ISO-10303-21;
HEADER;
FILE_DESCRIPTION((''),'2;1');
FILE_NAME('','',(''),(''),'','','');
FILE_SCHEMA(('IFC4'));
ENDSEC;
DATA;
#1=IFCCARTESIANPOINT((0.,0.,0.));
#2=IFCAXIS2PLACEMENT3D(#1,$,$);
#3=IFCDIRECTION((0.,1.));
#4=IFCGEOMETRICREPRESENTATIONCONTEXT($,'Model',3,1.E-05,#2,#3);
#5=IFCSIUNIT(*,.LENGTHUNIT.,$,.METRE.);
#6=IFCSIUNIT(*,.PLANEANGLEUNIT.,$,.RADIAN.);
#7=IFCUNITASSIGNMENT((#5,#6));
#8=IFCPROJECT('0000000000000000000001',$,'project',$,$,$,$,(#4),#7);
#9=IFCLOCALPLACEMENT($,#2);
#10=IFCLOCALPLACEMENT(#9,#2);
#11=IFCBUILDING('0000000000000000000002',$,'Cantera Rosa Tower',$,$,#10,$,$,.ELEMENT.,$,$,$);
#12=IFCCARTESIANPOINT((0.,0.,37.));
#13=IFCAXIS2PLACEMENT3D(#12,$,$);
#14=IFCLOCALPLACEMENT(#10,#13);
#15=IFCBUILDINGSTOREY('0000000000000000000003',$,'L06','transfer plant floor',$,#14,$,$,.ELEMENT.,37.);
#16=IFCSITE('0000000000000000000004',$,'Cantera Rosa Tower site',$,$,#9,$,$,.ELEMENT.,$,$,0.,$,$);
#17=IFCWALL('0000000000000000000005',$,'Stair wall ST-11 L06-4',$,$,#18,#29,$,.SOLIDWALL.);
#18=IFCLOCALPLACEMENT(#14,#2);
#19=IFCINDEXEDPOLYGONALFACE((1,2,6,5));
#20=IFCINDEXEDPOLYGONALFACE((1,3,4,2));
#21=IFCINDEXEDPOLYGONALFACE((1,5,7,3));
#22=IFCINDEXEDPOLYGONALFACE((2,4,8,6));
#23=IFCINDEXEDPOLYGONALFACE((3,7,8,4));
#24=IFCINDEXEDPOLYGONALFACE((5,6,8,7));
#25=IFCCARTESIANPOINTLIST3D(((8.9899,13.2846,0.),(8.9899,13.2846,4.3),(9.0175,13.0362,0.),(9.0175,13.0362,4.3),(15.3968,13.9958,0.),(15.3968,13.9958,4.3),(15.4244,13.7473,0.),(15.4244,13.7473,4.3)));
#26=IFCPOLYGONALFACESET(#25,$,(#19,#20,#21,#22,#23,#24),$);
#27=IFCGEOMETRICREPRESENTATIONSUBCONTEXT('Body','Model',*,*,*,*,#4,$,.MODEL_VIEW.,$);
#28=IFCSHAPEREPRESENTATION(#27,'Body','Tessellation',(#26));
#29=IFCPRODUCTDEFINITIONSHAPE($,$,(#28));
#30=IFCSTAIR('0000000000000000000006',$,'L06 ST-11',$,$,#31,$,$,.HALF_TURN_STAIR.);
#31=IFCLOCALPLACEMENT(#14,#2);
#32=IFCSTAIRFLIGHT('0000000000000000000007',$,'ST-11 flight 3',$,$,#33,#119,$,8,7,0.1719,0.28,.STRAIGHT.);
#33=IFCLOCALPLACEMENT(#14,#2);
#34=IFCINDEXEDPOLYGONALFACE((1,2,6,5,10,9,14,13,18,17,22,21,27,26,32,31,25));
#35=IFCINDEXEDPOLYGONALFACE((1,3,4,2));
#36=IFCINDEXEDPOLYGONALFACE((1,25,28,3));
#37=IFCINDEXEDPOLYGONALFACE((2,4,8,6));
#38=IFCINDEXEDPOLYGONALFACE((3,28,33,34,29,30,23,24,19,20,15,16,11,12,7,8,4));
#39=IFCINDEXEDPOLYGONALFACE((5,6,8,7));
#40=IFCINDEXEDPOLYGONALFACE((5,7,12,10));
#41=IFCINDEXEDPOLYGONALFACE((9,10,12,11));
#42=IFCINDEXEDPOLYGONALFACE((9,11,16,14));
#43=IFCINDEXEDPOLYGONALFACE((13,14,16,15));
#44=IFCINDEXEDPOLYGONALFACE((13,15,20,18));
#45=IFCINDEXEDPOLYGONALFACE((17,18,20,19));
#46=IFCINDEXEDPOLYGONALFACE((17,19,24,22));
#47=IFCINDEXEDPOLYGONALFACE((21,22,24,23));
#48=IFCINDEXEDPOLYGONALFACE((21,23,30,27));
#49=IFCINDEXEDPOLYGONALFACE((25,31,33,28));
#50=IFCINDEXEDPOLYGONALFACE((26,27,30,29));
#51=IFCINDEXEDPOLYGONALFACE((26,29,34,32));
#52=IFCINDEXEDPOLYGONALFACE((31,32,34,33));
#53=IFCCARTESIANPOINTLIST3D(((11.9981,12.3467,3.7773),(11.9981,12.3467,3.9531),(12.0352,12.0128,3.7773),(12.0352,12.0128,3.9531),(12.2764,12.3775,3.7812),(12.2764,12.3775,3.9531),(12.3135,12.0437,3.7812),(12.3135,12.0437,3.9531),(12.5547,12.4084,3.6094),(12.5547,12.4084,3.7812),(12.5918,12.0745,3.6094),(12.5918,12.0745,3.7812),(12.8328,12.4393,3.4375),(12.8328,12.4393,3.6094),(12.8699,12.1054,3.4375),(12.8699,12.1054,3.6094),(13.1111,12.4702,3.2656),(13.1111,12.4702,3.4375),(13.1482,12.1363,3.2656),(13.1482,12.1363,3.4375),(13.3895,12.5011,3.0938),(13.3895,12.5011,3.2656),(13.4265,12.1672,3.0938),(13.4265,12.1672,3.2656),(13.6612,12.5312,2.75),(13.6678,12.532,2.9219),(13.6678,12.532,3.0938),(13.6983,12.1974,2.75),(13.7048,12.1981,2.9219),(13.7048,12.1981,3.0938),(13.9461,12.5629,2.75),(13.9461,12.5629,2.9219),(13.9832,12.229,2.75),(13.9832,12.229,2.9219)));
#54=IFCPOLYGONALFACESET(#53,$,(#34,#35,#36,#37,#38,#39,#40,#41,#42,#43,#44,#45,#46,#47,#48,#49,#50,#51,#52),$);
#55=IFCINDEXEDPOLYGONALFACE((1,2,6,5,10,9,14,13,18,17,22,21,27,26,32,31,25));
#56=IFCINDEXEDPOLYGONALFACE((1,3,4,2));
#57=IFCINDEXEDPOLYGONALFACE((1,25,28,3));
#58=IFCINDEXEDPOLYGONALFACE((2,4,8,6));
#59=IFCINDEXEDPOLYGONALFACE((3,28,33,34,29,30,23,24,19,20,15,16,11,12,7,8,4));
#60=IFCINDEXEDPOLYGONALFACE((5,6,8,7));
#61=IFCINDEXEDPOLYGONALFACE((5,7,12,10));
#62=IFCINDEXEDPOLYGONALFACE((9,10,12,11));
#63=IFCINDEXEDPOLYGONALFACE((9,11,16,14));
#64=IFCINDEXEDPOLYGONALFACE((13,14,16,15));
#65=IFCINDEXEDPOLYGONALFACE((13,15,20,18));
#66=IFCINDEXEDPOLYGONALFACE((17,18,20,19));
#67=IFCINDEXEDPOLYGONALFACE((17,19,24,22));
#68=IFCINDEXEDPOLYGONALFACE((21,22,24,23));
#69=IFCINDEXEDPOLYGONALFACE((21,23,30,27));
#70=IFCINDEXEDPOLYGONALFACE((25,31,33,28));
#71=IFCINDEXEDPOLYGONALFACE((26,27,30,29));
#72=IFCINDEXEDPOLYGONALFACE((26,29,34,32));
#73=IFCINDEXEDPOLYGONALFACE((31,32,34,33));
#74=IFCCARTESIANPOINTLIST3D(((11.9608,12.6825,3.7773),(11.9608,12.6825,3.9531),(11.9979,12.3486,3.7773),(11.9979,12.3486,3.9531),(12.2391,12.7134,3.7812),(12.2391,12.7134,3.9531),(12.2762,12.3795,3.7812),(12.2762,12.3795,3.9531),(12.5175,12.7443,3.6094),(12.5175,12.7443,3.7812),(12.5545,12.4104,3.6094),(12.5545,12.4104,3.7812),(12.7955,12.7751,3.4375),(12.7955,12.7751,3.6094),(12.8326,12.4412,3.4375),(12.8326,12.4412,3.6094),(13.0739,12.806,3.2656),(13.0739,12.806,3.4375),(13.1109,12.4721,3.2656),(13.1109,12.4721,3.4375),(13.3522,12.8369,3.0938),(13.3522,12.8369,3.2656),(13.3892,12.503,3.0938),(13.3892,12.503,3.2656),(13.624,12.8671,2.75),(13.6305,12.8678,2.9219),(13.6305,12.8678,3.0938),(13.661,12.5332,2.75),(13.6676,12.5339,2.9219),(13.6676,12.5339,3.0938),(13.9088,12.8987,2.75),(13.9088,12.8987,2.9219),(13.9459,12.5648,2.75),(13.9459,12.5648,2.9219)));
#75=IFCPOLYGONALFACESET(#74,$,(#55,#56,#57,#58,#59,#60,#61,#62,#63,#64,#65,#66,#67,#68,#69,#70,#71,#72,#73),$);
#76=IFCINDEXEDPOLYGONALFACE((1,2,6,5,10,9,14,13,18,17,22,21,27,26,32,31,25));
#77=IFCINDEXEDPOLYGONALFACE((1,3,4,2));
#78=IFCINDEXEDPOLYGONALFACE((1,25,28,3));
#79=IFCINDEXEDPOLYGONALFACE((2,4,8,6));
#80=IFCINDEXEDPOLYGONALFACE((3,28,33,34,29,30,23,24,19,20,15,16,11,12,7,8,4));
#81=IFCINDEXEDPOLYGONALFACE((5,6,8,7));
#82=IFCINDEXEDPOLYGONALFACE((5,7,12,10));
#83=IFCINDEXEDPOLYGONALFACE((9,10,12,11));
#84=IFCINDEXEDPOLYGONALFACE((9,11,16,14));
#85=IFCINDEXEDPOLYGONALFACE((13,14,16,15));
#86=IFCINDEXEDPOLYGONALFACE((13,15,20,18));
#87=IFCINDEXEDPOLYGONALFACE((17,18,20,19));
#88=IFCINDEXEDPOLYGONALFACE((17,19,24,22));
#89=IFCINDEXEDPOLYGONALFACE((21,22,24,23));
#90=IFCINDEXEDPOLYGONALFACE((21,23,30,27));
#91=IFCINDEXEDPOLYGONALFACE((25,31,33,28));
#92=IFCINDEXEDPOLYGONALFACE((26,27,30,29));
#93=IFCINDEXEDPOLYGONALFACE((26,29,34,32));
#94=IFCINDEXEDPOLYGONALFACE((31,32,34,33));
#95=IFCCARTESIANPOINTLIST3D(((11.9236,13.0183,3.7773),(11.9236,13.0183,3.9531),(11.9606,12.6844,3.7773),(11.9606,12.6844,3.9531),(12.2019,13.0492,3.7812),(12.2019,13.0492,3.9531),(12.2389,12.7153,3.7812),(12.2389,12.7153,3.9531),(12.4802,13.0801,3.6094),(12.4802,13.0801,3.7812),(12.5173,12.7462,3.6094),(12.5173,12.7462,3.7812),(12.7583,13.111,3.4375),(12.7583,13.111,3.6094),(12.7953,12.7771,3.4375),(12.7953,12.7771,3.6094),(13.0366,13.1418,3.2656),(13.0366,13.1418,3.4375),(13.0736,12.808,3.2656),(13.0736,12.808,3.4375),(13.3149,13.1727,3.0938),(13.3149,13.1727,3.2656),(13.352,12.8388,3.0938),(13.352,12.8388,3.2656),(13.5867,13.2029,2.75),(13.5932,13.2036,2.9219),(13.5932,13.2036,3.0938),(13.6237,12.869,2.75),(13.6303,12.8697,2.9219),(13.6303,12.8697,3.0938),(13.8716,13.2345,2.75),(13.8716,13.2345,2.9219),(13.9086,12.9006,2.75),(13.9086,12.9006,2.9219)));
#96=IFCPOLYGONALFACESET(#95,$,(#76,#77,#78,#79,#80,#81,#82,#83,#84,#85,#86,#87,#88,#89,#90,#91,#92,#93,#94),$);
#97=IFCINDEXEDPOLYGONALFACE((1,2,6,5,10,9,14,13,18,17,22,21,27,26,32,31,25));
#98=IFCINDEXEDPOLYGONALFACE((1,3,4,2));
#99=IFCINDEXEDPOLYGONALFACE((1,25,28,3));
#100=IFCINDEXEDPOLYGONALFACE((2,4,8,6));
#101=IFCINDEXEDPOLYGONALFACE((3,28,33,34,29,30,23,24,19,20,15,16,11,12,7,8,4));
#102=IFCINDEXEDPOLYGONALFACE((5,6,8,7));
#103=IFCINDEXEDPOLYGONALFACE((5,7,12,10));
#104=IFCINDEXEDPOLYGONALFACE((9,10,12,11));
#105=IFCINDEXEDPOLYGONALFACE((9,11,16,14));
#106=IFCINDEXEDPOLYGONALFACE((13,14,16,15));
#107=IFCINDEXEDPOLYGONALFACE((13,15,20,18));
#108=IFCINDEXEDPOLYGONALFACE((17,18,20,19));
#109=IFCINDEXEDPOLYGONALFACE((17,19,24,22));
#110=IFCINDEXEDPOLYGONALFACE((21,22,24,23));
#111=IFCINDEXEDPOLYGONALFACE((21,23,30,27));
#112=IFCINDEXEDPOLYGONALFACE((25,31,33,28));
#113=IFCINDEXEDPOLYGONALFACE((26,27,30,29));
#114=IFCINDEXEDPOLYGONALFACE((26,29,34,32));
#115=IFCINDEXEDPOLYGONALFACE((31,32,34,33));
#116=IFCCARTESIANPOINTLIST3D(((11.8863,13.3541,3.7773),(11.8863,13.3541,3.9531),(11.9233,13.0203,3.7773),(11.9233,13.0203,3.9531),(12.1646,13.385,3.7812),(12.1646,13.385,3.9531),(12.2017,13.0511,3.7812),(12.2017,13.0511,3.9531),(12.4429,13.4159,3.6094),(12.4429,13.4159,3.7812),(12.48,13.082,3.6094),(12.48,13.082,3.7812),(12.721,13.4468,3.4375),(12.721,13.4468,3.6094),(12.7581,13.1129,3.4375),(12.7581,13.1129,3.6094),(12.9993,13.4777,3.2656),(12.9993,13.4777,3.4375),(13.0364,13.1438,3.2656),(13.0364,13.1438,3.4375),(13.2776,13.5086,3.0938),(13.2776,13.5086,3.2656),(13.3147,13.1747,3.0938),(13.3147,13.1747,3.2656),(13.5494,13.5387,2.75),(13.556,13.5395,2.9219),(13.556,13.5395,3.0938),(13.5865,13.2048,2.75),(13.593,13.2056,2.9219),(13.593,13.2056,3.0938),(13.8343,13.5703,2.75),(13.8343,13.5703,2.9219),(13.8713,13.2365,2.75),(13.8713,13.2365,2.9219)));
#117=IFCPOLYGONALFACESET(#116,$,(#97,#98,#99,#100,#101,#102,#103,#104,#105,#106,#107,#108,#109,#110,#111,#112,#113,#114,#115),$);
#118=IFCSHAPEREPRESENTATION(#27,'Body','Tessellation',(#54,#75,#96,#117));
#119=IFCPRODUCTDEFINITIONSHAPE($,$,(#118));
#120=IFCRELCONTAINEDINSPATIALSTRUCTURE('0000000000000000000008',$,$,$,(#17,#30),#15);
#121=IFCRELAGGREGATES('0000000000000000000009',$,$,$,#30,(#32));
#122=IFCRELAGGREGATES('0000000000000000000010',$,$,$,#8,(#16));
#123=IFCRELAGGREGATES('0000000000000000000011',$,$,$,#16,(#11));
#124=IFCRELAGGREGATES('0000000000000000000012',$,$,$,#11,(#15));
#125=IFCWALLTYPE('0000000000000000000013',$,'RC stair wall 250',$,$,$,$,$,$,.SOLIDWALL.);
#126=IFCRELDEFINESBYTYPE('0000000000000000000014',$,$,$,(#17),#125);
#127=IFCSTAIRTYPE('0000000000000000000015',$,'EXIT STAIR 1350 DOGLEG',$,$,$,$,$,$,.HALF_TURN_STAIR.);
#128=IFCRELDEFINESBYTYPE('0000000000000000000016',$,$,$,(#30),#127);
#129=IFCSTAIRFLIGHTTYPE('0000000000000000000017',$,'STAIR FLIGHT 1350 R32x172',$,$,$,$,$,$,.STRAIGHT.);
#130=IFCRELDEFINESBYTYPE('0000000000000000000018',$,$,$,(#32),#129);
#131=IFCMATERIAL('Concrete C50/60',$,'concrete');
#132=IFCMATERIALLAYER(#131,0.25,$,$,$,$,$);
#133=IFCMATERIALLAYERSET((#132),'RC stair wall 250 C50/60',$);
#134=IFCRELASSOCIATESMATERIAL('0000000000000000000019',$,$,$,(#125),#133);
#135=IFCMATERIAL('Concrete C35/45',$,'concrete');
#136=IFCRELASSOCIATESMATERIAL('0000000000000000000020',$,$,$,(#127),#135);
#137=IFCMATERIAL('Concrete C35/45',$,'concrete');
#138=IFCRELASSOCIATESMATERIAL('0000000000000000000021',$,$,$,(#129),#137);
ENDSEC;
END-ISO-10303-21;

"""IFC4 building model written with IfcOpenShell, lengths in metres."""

from ifc_helpers import new_model, si_unit, direction, frame, frame_2d, origin, place, context, subcontext, project, spatial, polyline, rectangle, outline, extrude, material, layer, layer_set, type_object, element, aggregate, save


model = new_model("IFC4")

# Units and contexts
model_context = context("Model", 3, precision=1e-05, world=origin(), true_north=direction((0.0, 1.0)))
body_context = subcontext(model_context, "Body", "Model", "MODEL_VIEW")
ifc_project = project(units=[si_unit("LENGTHUNIT", "METRE"), si_unit("PLANEANGLEUNIT", "RADIAN")], contexts=[model_context])

# Site, building, storey
site_placement = place(None, origin())
site = spatial("IfcSite", under=ifc_project, at=site_placement, Name="Cantera Rosa Tower site", CompositionType="ELEMENT", RefElevation=0.0)
building_placement = place(site_placement, origin())
building = spatial("IfcBuilding", under=site, at=building_placement, Name="Cantera Rosa Tower", CompositionType="ELEMENT")
storey_placement = place(building_placement, frame((0.0, 0.0, 37.0)))
storey = spatial("IfcBuildingStorey", under=building, at=storey_placement, Name="L06", Description="transfer plant floor", CompositionType="ELEMENT", Elevation=37.0)

# Wall
ifc_material_1 = material(Name="Concrete C50/60", Category="concrete")
ifc_layer_1 = layer(ifc_material_1, 0.25)
ifc_layer_set_1 = layer_set([ifc_layer_1], Name="RC stair wall 250 C50/60")
wall_type_1 = type_object("IfcWallType", Name="RC stair wall 250", PredefinedType="SOLIDWALL", material=ifc_layer_set_1)
wall_1_placement = place(storey_placement, frame((9.0037, 13.1604, 0.0), z_axis=(0.0, 0.0, 1.0), x_axis=(0.993896, 0.110323, 0.0)))
element("IfcWall", 1, at=wall_1_placement, inside=storey, type_object=wall_type_1, Name="Stair wall ST-11 L06-4", PredefinedType="SOLIDWALL", context=body_context, shape_type="SweptSolid", body=[
    extrude(rectangle(XDim=6.4463, YDim=0.25, at=frame_2d((3.2231, 0.0))), origin(), (0.0, 0.0, 1.0), 4.3),
])

# Stair, stair flight
ifc_material_2 = material(Name="Concrete C35/45", Category="concrete")
stair_type = type_object("IfcStairType", Name="EXIT STAIR 1350 DOGLEG", PredefinedType="HALF_TURN_STAIR", material=ifc_material_2)
stair_placement = place(storey_placement, origin())
stair = element("IfcStair", 2, at=stair_placement, inside=storey, type_object=stair_type, Name="L06 ST-11", PredefinedType="HALF_TURN_STAIR")
ifc_material_3 = material(Name="Concrete C35/45", Category="concrete")
stair_flight_type = type_object("IfcStairFlightType", Name="STAIR FLIGHT 1350 R32x172", PredefinedType="STRAIGHT", material=ifc_material_3)
stair_flight_placement = place(storey_placement, frame((13.9087, 12.8999, 2.75), z_axis=(0.0, 0.0, 1.0), x_axis=(-0.993897, -0.110313, 0.0)))
stair_flight = element("IfcStairFlight", 3, at=stair_flight_placement, type_object=stair_flight_type, Name="ST-11 flight 3", NumberOfRisers=8, NumberOfTreads=7, PredefinedType="STRAIGHT", RiserHeight=0.1719, TreadLength=0.28, context=body_context, shape_type="SweptSolid", body=[
    extrude(outline(polyline([(0.0, 0.0), (0.0, 0.1719), (0.28, 0.1719), (0.28, 0.3438), (0.5601, 0.3438), (0.5601, 0.5156), (0.8401, 0.5156), (0.8401, 0.6875), (1.1201, 0.6875), (1.1201, 0.8594), (1.3999, 0.8594), (1.3999, 1.0312), (1.6799, 1.0312), (1.6799, 1.2031), (1.96, 1.2031), (1.96, 1.375), (1.96, 1.0273), (0.2866, 0.0), (0.0, 0.0)])), frame((0.0, 0.675, 0.0), z_axis=(0.0, -1.0, 0.0), x_axis=(1.0, 0.0, 0.0)), (0.0, 0.0, 1.0), 0.3359),
    extrude(outline(polyline([(0.0, 0.0), (0.0, 0.1719), (0.28, 0.1719), (0.28, 0.3438), (0.5601, 0.3438), (0.5601, 0.5156), (0.8401, 0.5156), (0.8401, 0.6875), (1.1201, 0.6875), (1.1201, 0.8594), (1.3999, 0.8594), (1.3999, 1.0312), (1.6799, 1.0312), (1.6799, 1.2031), (1.96, 1.2031), (1.96, 1.375), (1.96, 1.0273), (0.2866, 0.0), (0.0, 0.0)])), frame((0.0, 0.3372, 0.0), z_axis=(0.0, -1.0, 0.0), x_axis=(1.0, 0.0, 0.0)), (0.0, 0.0, 1.0), 0.3359),
    extrude(outline(polyline([(0.0, 0.0), (0.0, 0.1719), (0.28, 0.1719), (0.28, 0.3438), (0.5601, 0.3438), (0.5601, 0.5156), (0.8401, 0.5156), (0.8401, 0.6875), (1.1201, 0.6875), (1.1201, 0.8594), (1.3999, 0.8594), (1.3999, 1.0312), (1.6799, 1.0312), (1.6799, 1.2031), (1.96, 1.2031), (1.96, 1.375), (1.96, 1.0273), (0.2866, 0.0), (0.0, 0.0)])), frame((0.0, -0.0007, 0.0), z_axis=(0.0, -1.0, 0.0), x_axis=(1.0, 0.0, 0.0)), (0.0, 0.0, 1.0), 0.3359),
    extrude(outline(polyline([(0.0, 0.0), (0.0, 0.1719), (0.28, 0.1719), (0.28, 0.3438), (0.5601, 0.3438), (0.5601, 0.5156), (0.8401, 0.5156), (0.8401, 0.6875), (1.1201, 0.6875), (1.1201, 0.8594), (1.3999, 0.8594), (1.3999, 1.0312), (1.6799, 1.0312), (1.6799, 1.2031), (1.96, 1.2031), (1.96, 1.375), (1.96, 1.0273), (0.2866, 0.0), (0.0, 0.0)])), frame((0.0, -0.3386, 0.0), z_axis=(0.0, -1.0, 0.0), x_axis=(1.0, 0.0, 0.0)), (0.0, 0.0, 1.0), 0.3359),
])
aggregate(stair, [stair_flight])

save(model, "model.ifc")
